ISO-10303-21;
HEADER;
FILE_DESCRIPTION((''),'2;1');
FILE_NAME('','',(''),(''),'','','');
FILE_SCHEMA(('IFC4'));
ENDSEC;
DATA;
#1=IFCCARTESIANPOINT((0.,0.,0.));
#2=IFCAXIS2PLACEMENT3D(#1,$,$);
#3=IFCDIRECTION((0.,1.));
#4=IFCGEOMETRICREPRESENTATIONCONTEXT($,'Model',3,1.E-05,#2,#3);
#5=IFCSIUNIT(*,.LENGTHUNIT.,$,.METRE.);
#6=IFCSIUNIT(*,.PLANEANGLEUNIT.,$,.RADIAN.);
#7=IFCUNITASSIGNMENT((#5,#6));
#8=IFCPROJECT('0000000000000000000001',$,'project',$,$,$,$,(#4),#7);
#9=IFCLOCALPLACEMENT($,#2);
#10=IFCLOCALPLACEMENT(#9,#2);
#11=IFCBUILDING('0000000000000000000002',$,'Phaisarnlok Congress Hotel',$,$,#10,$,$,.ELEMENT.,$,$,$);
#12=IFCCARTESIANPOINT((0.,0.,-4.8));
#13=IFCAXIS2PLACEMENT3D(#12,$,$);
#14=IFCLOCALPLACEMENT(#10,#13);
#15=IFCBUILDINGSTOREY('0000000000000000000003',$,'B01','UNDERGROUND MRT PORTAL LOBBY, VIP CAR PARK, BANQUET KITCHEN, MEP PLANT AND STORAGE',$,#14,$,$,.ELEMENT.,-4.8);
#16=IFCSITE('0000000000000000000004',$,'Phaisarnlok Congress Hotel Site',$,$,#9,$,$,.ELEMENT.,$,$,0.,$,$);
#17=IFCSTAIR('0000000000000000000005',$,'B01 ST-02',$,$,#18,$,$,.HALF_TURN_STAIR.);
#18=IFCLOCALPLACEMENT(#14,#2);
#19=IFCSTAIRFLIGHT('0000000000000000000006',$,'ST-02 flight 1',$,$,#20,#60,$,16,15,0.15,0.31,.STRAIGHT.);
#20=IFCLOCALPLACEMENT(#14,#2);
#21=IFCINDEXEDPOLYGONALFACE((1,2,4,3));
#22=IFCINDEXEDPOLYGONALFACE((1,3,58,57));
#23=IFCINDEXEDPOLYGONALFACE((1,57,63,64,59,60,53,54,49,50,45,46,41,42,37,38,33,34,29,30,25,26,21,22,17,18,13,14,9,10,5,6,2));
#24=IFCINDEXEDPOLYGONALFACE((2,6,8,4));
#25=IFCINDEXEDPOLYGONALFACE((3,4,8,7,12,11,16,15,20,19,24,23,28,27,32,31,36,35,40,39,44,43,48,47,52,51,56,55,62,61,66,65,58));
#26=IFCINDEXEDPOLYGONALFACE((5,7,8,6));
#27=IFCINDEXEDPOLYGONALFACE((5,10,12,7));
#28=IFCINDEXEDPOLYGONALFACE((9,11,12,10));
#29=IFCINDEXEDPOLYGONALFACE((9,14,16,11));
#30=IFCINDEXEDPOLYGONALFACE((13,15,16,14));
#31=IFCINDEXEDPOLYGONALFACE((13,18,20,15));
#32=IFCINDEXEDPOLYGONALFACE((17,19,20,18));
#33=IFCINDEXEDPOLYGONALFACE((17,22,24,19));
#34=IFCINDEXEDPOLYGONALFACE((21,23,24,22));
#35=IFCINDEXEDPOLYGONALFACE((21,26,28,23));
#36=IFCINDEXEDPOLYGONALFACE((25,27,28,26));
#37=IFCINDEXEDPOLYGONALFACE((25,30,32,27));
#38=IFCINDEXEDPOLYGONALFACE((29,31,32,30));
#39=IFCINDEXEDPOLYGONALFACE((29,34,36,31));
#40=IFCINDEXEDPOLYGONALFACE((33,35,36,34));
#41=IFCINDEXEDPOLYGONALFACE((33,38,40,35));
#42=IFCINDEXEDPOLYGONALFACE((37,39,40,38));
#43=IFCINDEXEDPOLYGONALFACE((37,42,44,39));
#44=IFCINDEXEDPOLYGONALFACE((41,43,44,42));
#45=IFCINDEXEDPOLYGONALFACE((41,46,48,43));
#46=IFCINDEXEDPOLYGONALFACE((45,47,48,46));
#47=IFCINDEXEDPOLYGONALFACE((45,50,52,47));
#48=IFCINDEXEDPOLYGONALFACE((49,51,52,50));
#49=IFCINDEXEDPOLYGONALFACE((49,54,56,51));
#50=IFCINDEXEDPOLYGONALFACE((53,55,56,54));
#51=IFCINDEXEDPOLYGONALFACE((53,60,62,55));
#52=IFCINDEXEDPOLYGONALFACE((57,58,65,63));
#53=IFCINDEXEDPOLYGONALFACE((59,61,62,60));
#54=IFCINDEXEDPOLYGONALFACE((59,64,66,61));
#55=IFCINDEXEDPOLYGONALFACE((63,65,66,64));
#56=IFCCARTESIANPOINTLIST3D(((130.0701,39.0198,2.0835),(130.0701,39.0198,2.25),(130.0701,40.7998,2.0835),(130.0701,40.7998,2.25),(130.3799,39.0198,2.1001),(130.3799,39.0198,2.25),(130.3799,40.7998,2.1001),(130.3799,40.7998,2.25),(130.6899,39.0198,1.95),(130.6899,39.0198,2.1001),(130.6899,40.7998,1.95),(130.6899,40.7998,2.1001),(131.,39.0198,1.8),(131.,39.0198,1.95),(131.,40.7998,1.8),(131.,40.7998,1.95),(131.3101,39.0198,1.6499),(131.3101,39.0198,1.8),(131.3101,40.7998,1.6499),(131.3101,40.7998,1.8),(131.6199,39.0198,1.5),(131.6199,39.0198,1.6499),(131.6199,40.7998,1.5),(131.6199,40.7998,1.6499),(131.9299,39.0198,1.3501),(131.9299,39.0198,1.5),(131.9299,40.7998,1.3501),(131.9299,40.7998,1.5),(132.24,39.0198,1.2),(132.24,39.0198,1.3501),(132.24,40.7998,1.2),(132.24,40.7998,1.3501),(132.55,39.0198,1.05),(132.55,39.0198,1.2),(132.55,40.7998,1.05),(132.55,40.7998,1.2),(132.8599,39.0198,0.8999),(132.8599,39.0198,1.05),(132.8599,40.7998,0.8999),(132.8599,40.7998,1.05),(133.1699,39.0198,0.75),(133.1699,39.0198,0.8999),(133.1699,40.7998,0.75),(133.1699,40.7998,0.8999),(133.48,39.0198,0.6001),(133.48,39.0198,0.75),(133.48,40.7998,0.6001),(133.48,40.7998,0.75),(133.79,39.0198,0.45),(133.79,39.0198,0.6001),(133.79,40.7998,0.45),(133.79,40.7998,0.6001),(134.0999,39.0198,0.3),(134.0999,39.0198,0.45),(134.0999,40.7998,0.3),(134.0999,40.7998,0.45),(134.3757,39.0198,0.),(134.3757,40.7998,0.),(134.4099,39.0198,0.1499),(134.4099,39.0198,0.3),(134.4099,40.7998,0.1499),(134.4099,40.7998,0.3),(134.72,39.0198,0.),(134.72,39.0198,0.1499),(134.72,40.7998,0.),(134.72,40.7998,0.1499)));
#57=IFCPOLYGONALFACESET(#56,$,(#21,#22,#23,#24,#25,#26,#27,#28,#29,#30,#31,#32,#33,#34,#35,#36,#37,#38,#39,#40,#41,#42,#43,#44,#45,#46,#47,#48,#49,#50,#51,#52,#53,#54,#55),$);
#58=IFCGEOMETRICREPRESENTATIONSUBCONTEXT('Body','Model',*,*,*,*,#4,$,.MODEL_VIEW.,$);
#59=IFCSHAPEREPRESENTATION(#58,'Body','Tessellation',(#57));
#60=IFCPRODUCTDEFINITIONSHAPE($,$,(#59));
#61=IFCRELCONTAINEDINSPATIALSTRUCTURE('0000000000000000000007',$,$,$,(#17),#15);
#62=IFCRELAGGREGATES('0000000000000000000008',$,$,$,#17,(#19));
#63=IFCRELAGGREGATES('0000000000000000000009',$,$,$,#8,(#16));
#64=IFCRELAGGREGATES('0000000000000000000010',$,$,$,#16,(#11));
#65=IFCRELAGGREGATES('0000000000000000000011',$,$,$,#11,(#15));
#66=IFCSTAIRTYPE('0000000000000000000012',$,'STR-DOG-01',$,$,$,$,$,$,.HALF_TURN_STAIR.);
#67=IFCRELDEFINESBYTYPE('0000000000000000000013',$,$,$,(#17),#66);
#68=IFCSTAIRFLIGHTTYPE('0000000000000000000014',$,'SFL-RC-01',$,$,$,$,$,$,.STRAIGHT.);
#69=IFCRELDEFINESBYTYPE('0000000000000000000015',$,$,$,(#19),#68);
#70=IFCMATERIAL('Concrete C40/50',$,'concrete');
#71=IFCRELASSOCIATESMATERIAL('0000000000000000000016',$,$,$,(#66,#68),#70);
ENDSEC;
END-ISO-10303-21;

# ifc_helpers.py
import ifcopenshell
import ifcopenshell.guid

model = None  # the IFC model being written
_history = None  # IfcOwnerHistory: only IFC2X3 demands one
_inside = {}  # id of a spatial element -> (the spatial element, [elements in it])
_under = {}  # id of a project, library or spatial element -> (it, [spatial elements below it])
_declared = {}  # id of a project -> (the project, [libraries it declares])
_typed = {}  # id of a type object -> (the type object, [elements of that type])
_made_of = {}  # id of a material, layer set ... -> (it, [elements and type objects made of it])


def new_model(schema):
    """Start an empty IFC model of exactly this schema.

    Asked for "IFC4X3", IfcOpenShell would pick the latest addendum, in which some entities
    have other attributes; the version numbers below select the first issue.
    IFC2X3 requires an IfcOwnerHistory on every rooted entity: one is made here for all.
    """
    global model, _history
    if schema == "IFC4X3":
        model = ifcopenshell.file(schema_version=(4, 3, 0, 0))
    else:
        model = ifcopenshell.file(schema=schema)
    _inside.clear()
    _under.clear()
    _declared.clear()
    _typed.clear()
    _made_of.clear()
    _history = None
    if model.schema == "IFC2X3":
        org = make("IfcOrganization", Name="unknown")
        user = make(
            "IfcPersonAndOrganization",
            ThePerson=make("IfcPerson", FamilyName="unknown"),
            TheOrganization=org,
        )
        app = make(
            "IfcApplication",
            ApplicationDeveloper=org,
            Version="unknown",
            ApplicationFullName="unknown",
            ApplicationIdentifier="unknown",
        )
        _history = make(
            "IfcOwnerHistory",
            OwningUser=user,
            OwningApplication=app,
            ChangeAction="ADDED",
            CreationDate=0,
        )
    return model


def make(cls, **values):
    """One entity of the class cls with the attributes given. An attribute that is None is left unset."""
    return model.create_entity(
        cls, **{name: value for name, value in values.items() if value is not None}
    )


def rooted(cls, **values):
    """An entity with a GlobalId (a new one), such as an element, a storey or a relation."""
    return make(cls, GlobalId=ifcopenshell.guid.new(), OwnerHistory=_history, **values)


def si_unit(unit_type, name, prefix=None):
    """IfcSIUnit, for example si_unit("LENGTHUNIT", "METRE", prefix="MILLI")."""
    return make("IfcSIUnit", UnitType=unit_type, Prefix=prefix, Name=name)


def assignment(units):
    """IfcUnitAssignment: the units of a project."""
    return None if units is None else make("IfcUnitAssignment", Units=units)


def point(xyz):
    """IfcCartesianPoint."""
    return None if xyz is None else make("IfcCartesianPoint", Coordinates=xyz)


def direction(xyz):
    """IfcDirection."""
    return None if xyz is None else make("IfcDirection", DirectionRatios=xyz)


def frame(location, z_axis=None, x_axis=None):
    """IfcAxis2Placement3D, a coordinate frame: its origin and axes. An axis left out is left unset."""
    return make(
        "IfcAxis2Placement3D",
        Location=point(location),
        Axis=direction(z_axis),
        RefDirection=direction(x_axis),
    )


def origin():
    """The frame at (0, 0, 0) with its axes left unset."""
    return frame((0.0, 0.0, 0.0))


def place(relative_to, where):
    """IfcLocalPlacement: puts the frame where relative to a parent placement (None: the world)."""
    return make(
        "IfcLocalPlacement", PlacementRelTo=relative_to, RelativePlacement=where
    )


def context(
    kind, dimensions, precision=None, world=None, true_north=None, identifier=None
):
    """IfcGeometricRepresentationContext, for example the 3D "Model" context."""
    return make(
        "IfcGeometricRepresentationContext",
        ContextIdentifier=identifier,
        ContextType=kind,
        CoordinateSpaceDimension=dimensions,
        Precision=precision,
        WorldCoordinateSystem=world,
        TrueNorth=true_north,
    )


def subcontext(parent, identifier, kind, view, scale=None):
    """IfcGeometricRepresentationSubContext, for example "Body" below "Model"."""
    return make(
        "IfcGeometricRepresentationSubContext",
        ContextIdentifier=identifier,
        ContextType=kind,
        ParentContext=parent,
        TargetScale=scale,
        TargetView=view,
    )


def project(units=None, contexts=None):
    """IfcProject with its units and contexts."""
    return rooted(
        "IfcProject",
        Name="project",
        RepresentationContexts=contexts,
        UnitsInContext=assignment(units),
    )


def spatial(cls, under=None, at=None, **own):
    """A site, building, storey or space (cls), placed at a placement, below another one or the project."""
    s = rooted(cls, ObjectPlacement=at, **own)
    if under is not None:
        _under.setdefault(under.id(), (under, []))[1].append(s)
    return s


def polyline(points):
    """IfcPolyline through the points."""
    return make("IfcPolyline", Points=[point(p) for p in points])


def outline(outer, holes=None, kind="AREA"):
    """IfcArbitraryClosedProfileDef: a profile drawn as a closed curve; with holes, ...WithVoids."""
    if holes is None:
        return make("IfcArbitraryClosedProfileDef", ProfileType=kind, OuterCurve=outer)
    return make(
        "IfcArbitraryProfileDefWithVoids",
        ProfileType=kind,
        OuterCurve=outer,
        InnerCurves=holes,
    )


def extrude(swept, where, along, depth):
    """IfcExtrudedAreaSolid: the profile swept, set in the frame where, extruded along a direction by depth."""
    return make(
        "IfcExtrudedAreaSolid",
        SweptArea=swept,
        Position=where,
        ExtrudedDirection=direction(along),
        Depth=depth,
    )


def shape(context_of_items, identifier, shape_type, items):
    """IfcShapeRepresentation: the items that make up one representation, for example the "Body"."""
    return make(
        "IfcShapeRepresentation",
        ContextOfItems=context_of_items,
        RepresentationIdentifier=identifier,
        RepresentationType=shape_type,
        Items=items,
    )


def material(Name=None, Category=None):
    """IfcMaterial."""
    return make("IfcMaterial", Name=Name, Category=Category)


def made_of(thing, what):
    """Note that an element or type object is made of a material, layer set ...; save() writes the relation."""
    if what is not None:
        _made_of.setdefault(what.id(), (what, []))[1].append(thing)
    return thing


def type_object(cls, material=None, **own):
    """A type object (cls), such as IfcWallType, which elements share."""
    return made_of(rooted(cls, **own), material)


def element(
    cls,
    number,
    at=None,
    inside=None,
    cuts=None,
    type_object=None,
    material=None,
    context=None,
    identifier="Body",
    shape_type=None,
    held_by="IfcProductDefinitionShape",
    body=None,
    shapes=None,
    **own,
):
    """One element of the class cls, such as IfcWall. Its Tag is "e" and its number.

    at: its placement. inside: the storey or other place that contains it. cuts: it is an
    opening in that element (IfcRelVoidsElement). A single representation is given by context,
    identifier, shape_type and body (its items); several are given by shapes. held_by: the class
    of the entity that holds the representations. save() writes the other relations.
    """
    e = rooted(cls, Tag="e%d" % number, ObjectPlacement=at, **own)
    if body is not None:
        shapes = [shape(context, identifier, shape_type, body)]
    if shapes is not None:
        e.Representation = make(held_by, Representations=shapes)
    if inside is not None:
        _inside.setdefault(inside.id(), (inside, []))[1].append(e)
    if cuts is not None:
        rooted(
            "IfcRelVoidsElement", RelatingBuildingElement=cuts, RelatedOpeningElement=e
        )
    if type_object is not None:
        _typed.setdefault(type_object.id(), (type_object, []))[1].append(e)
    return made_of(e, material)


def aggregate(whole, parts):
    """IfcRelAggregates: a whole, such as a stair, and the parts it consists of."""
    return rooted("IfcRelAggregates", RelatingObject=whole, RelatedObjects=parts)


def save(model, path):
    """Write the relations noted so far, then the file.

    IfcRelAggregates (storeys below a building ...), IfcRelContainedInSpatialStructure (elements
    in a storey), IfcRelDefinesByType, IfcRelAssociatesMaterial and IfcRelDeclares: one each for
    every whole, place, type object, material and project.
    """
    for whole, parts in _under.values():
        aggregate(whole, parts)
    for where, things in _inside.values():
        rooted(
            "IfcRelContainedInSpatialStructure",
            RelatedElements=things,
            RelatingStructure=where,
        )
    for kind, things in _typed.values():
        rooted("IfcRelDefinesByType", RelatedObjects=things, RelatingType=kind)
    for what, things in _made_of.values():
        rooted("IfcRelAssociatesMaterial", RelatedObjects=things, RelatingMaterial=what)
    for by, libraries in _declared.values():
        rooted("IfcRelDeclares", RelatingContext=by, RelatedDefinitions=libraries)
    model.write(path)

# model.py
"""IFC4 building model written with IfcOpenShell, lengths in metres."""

from ifc_helpers import new_model, si_unit, direction, frame, origin, place, context, subcontext, project, spatial, polyline, outline, extrude, material, type_object, element, aggregate, save


model = new_model("IFC4")

# Units and contexts
model_context = context("Model", 3, precision=1e-05, world=origin(), true_north=direction((0.0, 1.0)))
body_context = subcontext(model_context, "Body", "Model", "MODEL_VIEW")
ifc_project = project(units=[si_unit("LENGTHUNIT", "METRE"), si_unit("PLANEANGLEUNIT", "RADIAN")], contexts=[model_context])

# Site, building, storey
site_placement = place(None, origin())
site = spatial("IfcSite", under=ifc_project, at=site_placement, Name="Phaisarnlok Congress Hotel Site", CompositionType="ELEMENT", RefElevation=0.0)
building_placement = place(site_placement, origin())
building = spatial("IfcBuilding", under=site, at=building_placement, Name="Phaisarnlok Congress Hotel", CompositionType="ELEMENT")
storey_placement = place(building_placement, frame((0.0, 0.0, -4.8)))
storey = spatial("IfcBuildingStorey", under=building, at=storey_placement, Name="B01", Description="UNDERGROUND MRT PORTAL LOBBY, VIP CAR PARK, BANQUET KITCHEN, MEP PLANT AND STORAGE", CompositionType="ELEMENT", Elevation=-4.8)

# Shared definitions
ifc_material_1 = material(Name="Concrete C40/50", Category="concrete")

# Stair, stair flight
stair_type = type_object("IfcStairType", Name="STR-DOG-01", PredefinedType="HALF_TURN_STAIR", material=ifc_material_1)
stair_placement = place(storey_placement, origin())
stair = element("IfcStair", 1, at=stair_placement, inside=storey, type_object=stair_type, Name="B01 ST-02", PredefinedType="HALF_TURN_STAIR")
stair_flight_type = type_object("IfcStairFlightType", Name="SFL-RC-01", PredefinedType="STRAIGHT", material=ifc_material_1)
stair_flight_placement = place(storey_placement, frame((134.72, 39.9099, 0.0), z_axis=(0.0, 0.0, 1.0), x_axis=(-1.0, 0.0, 0.0)))
stair_flight = element("IfcStairFlight", 2, at=stair_flight_placement, type_object=stair_flight_type, Name="ST-02 flight 1", NumberOfRisers=16, NumberOfTreads=15, PredefinedType="STRAIGHT", RiserHeight=0.15, TreadLength=0.31, context=body_context, shape_type="SweptSolid", body=[
    extrude(outline(polyline([(0.0, 0.0), (0.0, 0.1499), (0.3101, 0.1499), (0.3101, 0.3), (0.6201, 0.3), (0.6201, 0.45), (0.9299, 0.45), (0.9299, 0.6001), (1.24, 0.6001), (1.24, 0.75), (1.55, 0.75), (1.55, 0.8999), (1.8601, 0.8999), (1.8601, 1.05), (2.1699, 1.05), (2.1699, 1.2), (2.48, 1.2), (2.48, 1.3501), (2.79, 1.3501), (2.79, 1.5), (3.1001, 1.5), (3.1001, 1.6499), (3.4099, 1.6499), (3.4099, 1.8), (3.72, 1.8), (3.72, 1.95), (4.03, 1.95), (4.03, 2.1001), (4.3401, 2.1001), (4.3401, 2.25), (4.6499, 2.25), (4.6499, 2.3999), (4.6499, 2.0835), (0.3442, 0.0), (0.0, 0.0)])), frame((0.0, 0.8901, 0.0), z_axis=(0.0, -1.0, 0.0), x_axis=(1.0, 0.0, 0.0)), (0.0, 0.0, 1.0), 1.78),
])
aggregate(stair, [stair_flight])

save(model, "model.ifc")
